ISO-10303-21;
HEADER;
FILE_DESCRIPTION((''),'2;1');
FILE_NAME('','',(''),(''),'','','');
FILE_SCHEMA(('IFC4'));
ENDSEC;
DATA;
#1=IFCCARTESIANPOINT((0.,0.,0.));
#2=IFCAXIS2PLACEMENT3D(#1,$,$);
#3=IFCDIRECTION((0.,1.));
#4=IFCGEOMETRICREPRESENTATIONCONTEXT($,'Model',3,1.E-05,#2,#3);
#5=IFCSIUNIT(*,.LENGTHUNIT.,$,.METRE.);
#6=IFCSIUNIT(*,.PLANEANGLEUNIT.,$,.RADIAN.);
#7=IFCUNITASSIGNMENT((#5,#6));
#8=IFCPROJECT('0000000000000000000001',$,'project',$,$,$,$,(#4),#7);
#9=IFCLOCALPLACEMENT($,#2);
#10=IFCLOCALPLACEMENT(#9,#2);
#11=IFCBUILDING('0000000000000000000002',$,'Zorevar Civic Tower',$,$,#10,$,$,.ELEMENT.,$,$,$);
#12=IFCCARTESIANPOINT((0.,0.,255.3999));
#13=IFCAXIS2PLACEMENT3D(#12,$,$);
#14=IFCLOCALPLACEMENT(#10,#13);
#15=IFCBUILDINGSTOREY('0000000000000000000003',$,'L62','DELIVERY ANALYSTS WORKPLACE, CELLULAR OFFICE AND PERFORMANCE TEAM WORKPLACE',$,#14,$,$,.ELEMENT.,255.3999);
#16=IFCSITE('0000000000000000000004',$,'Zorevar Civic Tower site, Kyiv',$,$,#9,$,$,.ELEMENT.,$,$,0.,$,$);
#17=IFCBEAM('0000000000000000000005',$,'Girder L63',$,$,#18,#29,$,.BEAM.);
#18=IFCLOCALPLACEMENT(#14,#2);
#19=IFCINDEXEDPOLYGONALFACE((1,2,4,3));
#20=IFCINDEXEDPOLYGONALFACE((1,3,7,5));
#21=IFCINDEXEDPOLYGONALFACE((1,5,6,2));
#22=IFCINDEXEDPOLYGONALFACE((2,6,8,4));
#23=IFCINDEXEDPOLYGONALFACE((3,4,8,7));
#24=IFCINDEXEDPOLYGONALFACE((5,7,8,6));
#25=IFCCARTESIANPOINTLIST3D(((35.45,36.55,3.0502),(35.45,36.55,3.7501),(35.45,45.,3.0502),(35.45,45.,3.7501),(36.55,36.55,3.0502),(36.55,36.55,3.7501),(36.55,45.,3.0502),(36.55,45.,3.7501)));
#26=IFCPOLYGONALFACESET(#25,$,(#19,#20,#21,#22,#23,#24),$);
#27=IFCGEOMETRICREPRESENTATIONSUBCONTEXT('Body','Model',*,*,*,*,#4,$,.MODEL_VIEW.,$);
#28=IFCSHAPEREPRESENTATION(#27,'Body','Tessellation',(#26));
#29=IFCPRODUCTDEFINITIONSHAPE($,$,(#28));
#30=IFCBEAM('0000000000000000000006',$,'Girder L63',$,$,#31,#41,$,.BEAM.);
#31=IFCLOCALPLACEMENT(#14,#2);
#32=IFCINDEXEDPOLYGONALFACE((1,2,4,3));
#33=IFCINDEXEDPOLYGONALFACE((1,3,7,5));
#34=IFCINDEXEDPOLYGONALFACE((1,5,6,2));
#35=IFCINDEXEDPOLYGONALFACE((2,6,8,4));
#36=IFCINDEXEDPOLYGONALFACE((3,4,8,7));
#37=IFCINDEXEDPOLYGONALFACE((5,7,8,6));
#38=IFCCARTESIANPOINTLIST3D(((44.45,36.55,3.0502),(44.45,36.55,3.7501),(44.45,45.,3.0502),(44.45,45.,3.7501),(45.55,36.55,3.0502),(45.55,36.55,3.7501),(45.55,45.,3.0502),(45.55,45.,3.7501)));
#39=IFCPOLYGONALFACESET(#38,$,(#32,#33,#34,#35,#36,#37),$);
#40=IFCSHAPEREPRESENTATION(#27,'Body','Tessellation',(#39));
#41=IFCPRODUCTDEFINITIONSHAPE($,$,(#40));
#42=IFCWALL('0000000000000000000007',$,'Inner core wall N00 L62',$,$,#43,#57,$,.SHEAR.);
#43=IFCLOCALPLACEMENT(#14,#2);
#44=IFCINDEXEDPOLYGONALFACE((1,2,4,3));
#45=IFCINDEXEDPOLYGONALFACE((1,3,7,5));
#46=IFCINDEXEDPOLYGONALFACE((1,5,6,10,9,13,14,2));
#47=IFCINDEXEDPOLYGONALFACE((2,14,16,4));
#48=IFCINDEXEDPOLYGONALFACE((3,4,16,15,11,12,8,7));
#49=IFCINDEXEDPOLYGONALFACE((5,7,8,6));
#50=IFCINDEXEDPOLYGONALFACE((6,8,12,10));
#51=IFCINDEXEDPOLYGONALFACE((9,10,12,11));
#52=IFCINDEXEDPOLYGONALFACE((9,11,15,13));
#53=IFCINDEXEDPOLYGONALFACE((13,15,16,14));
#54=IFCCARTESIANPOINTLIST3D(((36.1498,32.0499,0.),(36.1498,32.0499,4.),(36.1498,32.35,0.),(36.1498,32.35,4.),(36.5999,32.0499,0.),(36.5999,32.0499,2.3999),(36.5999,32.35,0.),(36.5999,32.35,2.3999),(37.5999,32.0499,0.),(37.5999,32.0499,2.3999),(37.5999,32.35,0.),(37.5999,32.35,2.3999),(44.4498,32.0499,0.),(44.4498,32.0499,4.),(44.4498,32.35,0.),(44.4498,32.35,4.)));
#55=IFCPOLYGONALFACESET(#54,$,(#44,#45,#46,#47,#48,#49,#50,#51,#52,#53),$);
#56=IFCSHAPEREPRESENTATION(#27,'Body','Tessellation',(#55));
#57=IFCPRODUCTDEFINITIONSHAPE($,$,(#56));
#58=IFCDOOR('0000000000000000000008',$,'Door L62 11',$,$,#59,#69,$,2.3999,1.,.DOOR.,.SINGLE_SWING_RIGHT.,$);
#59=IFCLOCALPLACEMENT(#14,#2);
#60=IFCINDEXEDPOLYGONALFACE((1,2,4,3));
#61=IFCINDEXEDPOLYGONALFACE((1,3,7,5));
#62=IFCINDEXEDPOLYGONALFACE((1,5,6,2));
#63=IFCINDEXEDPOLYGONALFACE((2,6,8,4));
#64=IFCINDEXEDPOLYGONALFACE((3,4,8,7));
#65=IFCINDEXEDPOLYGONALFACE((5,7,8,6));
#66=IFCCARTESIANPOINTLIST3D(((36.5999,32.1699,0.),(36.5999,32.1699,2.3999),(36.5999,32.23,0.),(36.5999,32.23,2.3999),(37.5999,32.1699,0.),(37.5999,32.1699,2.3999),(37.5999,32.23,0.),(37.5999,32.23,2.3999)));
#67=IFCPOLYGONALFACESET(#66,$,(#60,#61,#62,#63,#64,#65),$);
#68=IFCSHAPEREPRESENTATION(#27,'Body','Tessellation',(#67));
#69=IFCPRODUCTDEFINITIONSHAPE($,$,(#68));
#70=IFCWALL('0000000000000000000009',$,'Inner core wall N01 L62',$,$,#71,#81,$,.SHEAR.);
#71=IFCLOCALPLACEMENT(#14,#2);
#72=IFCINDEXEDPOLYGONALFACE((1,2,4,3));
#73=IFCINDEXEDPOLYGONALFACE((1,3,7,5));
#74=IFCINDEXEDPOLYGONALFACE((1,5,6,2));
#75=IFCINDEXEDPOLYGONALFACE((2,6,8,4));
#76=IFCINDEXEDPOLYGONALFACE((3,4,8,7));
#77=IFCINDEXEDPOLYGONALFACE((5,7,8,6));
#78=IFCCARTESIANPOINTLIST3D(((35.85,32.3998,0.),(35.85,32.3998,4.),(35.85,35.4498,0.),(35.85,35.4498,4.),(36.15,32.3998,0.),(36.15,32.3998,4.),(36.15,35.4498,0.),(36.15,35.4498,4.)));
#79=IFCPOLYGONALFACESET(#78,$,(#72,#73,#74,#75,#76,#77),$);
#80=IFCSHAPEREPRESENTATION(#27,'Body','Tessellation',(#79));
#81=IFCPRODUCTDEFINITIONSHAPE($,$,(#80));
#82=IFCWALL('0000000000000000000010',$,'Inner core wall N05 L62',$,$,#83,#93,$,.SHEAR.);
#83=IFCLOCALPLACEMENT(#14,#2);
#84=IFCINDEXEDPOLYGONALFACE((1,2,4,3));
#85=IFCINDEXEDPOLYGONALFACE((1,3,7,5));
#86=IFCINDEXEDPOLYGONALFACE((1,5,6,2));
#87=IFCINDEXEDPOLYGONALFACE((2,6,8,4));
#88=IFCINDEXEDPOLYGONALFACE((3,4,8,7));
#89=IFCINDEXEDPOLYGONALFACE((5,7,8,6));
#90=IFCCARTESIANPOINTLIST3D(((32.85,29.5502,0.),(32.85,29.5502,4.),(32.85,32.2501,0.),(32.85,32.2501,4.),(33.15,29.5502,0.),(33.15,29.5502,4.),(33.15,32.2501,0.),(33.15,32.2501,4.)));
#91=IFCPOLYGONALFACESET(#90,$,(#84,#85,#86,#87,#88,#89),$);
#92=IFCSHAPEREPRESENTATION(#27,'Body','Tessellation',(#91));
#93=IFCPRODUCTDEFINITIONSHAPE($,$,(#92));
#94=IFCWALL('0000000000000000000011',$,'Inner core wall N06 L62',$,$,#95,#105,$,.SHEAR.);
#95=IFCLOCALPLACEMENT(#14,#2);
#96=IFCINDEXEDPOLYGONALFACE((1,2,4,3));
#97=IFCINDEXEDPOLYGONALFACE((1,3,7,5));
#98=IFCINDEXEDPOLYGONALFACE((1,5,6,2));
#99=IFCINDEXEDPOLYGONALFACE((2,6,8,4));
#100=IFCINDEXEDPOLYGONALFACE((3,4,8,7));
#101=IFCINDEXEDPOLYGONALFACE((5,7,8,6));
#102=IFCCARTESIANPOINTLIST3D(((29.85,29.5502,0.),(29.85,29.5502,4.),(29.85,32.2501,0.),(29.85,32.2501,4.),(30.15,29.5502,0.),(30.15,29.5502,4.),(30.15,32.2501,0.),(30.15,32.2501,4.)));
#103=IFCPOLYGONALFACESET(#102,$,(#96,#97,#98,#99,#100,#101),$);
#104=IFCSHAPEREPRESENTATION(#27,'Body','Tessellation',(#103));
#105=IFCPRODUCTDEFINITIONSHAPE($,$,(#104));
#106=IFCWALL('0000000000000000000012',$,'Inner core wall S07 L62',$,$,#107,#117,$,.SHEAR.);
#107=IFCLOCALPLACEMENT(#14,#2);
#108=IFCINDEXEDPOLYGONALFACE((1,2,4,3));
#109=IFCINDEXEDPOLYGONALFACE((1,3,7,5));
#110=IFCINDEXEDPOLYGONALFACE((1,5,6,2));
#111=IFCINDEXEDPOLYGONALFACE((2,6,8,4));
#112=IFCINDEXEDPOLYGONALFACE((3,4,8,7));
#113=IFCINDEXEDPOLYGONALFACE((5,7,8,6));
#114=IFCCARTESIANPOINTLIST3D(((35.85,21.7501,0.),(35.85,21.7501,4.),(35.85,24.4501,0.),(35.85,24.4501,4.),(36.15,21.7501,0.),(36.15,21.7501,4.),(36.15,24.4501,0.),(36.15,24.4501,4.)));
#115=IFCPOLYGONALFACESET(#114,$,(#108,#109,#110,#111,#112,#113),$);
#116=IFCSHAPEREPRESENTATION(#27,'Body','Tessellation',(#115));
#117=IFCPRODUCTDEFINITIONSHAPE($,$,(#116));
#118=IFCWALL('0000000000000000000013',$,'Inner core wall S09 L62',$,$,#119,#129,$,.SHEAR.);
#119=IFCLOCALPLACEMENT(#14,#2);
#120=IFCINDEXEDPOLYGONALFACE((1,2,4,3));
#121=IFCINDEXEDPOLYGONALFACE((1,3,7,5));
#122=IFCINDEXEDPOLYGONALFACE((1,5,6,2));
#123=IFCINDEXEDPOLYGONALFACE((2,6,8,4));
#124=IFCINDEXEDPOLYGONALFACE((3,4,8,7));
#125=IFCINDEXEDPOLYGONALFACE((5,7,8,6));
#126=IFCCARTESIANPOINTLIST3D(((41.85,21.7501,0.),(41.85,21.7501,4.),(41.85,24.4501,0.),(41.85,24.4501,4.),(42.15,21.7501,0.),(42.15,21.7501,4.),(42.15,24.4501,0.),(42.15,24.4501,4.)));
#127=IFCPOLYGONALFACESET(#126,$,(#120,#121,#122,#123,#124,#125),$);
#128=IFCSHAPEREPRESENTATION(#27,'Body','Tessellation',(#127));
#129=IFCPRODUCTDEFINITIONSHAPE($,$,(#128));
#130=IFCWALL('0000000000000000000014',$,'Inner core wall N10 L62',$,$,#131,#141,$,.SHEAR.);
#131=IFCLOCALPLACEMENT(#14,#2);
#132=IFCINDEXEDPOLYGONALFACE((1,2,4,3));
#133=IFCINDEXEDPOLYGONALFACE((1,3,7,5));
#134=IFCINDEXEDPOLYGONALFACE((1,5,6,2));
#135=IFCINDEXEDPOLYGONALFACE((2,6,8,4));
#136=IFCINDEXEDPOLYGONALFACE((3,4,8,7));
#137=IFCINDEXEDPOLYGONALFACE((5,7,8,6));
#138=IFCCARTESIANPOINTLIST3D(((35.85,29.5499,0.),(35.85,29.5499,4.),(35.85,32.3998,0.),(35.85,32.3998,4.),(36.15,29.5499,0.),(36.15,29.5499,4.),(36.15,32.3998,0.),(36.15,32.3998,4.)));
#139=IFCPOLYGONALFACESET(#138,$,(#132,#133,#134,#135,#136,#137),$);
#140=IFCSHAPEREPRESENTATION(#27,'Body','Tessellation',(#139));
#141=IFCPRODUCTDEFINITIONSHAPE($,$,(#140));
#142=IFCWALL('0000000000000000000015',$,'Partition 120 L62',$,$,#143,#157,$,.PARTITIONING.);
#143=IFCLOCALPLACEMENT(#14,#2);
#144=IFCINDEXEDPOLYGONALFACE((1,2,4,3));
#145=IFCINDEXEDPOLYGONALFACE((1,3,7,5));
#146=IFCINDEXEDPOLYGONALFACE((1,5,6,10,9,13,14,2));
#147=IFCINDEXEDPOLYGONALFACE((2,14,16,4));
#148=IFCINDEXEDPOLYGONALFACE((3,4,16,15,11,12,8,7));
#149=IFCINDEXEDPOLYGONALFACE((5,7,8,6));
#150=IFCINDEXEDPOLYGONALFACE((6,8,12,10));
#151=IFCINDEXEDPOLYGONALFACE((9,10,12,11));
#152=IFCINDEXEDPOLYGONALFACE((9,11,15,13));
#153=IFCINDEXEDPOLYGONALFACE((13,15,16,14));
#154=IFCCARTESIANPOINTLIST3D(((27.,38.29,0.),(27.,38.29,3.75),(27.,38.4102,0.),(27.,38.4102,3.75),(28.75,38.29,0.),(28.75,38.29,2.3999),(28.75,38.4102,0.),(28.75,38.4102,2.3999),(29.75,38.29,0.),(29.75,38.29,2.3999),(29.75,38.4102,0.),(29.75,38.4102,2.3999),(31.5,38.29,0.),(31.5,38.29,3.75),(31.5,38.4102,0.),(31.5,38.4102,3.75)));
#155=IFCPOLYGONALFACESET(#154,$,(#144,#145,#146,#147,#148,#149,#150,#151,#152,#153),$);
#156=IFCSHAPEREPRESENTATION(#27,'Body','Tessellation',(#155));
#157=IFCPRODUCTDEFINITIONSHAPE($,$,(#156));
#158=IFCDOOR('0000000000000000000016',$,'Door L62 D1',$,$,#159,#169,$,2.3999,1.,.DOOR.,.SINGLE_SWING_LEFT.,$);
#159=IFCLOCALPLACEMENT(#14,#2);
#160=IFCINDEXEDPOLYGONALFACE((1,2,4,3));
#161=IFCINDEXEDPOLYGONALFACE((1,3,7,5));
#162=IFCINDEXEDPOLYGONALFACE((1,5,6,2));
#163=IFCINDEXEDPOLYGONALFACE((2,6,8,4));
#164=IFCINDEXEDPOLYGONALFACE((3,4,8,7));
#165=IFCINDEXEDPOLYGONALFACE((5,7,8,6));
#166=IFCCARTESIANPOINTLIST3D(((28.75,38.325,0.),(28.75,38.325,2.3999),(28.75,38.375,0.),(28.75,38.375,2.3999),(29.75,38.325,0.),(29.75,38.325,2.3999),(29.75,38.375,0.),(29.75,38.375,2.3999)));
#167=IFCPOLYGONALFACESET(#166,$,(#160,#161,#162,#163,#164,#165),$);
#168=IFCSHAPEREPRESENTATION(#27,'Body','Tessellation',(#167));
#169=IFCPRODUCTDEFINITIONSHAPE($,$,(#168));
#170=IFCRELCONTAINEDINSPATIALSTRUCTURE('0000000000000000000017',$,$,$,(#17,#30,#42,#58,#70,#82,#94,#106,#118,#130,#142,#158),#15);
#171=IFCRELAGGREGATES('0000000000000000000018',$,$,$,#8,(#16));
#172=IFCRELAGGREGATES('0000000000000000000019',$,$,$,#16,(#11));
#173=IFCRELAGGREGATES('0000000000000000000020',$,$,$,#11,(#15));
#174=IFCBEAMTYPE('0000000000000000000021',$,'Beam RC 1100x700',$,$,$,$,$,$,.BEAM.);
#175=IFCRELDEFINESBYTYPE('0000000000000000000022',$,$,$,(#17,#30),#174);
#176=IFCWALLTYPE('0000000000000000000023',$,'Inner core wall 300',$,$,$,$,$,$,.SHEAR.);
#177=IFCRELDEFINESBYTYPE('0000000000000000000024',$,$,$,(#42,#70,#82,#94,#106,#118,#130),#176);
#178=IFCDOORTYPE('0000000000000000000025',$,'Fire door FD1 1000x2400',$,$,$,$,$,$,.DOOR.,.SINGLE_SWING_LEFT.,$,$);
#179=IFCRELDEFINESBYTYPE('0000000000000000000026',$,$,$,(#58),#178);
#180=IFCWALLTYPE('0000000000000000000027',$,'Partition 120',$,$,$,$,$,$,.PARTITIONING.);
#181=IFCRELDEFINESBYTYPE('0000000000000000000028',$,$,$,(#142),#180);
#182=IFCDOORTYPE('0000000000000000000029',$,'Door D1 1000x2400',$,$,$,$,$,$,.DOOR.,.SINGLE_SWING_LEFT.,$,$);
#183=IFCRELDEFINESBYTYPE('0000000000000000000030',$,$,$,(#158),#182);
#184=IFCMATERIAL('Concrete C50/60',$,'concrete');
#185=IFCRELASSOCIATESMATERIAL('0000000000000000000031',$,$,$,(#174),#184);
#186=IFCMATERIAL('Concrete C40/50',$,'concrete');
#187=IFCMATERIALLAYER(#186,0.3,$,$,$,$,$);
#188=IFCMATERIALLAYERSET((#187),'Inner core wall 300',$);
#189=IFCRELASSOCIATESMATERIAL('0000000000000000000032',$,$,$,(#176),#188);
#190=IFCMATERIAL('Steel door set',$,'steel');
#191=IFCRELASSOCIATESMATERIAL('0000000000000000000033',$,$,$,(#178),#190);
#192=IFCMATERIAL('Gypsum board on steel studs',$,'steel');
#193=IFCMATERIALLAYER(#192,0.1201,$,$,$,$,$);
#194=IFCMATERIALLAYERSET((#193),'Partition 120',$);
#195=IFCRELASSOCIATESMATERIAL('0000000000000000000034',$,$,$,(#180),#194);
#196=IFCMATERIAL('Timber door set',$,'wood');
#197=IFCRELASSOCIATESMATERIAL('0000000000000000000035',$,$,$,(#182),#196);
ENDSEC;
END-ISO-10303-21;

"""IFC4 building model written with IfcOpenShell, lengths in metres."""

from ifc_helpers import new_model, si_unit, direction, frame, frame_2d, origin, origin_2d, place, context, subcontext, project, spatial, rectangle, extrude, material, layer, layer_set, material_profile, profile_set, type_object, element, fill, save


model = new_model("IFC4")

# Units and contexts
model_context = context("Model", 3, precision=1e-05, world=origin(), true_north=direction((0.0, 1.0)))
body_context = subcontext(model_context, "Body", "Model", "MODEL_VIEW")
ifc_project = project(units=[si_unit("LENGTHUNIT", "METRE"), si_unit("PLANEANGLEUNIT", "RADIAN")], contexts=[model_context])

# Site, building, storey
site_placement = place(None, origin())
site = spatial("IfcSite", under=ifc_project, at=site_placement, Name="Zorevar Civic Tower site, Kyiv", CompositionType="ELEMENT", RefElevation=0.0)
building_placement = place(site_placement, origin())
building = spatial("IfcBuilding", under=site, at=building_placement, Name="Zorevar Civic Tower", CompositionType="ELEMENT")
storey_placement = place(building_placement, frame((0.0, 0.0, 255.3999)))
storey = spatial("IfcBuildingStorey", under=building, at=storey_placement, Name="L62", Description="DELIVERY ANALYSTS WORKPLACE, CELLULAR OFFICE AND PERFORMANCE TEAM WORKPLACE", CompositionType="ELEMENT", Elevation=255.3999)

# Beams
ifc_material_1 = material(Name="Concrete C50/60", Category="concrete")
ifc_material_profile = material_profile(ifc_material_1, rectangle(XDim=1.1001, YDim=0.7, at=origin_2d()), Name="RC 1100x700")
ifc_profile_set = profile_set([ifc_material_profile], Name="Concrete C50/60")
beam_type = type_object("IfcBeamType", Name="Beam RC 1100x700", PredefinedType="BEAM", material=ifc_profile_set)
for number, where, z_axis, x_axis, name in (
    (1, (36.0, 36.55, 3.4001), (0.0, 1.0, 0.0), (-1.0, 0.0, 0.0), "Girder L63"),
    (2, (45.0, 36.55, 3.4001), (0.0, 1.0, 0.0), (-1.0, 0.0, 0.0), "Girder L63"),
):
    element("IfcBeam", number, at=place(storey_placement, frame(where, z_axis=z_axis, x_axis=x_axis)), inside=storey, type_object=beam_type, Name=name, PredefinedType="BEAM", context=body_context, shape_type="SweptSolid", body=[
        extrude(rectangle(XDim=1.1001, YDim=0.7, at=origin_2d()), origin(), (0.0, 0.0, 1.0), 8.45),
    ])

# Wall, opening, door
ifc_material_2 = material(Name="Concrete C40/50", Category="concrete")
ifc_layer_1 = layer(ifc_material_2, 0.3)
ifc_layer_set_1 = layer_set([ifc_layer_1], Name="Inner core wall 300")
wall_type_1 = type_object("IfcWallType", Name="Inner core wall 300", PredefinedType="SHEAR", material=ifc_layer_set_1)
wall_1_placement = place(storey_placement, frame((36.1499, 32.2, 0.0), z_axis=(0.0, 0.0, 1.0), x_axis=(1.0, 0.0, 0.0)))
wall_1 = element("IfcWall", 3, at=wall_1_placement, inside=storey, type_object=wall_type_1, Name="Inner core wall N00 L62", PredefinedType="SHEAR", context=body_context, shape_type="SweptSolid", body=[
    extrude(rectangle(XDim=8.3, YDim=0.3, at=frame_2d((4.1499, 0.0))), origin(), (0.0, 0.0, 1.0), 4.0),
])
opening_1_placement = place(wall_1_placement, frame((0.45, 0.0, 0.0)))
opening_1 = element("IfcOpeningElement", 4, at=opening_1_placement, cuts=wall_1, PredefinedType="OPENING", context=body_context, shape_type="SweptSolid", body=[
    extrude(rectangle(XDim=1.0, YDim=2.3999, at=frame_2d((0.5, 1.2))), frame((0.0, 0.1599, 0.0), z_axis=(0.0, -1.0, 0.0), x_axis=(1.0, 0.0, 0.0)), (0.0, 0.0, 1.0), 0.3201),
])
ifc_material_3 = material(Name="Steel door set", Category="steel")
door_type_1 = type_object("IfcDoorType", Name="Fire door FD1 1000x2400", OperationType="SINGLE_SWING_LEFT", PredefinedType="DOOR", material=ifc_material_3)
door_1_placement = place(opening_1_placement, origin())
door_1 = element("IfcDoor", 5, at=door_1_placement, inside=storey, type_object=door_type_1, Name="Door L62 11", OperationType="SINGLE_SWING_RIGHT", OverallHeight=2.3999, OverallWidth=1.0, PredefinedType="DOOR", context=body_context, shape_type="SweptSolid", body=[
    extrude(rectangle(XDim=1.0, YDim=2.3999, at=frame_2d((0.5, 1.2))), frame((0.0, 0.03, 0.0), z_axis=(0.0, -1.0, 0.0), x_axis=(1.0, 0.0, 0.0)), (0.0, 0.0, 1.0), 0.0601),
])
fill(opening_1, door_1)

# Wall
wall_2_placement = place(storey_placement, frame((36.0, 32.3999, 0.0), z_axis=(0.0, 0.0, 1.0), x_axis=(0.0, 1.0, 0.0)))
element("IfcWall", 6, at=wall_2_placement, inside=storey, type_object=wall_type_1, Name="Inner core wall N01 L62", PredefinedType="SHEAR", context=body_context, shape_type="SweptSolid", body=[
    extrude(rectangle(XDim=3.05, YDim=0.3, at=frame_2d((1.5249, 0.0))), origin(), (0.0, 0.0, 1.0), 4.0),
])

# Walls
for number, where, z_axis, x_axis, name in (
    (7, (33.0, 29.55, 0.0), (0.0, 0.0, 1.0), (0.0, 1.0, 0.0), "Inner core wall N05 L62"),
    (8, (30.0, 29.55, 0.0), (0.0, 0.0, 1.0), (0.0, 1.0, 0.0), "Inner core wall N06 L62"),
    (9, (36.0, 21.75, 0.0), (0.0, 0.0, 1.0), (0.0, 1.0, 0.0), "Inner core wall S07 L62"),
    (10, (42.0, 21.75, 0.0), (0.0, 0.0, 1.0), (0.0, 1.0, 0.0), "Inner core wall S09 L62"),
):
    element("IfcWall", number, at=place(storey_placement, frame(where, z_axis=z_axis, x_axis=x_axis)), inside=storey, type_object=wall_type_1, Name=name, PredefinedType="SHEAR", context=body_context, shape_type="SweptSolid", body=[
        extrude(rectangle(XDim=2.7, YDim=0.3, at=frame_2d((1.3501, 0.0))), origin(), (0.0, 0.0, 1.0), 4.0),
    ])
wall_3_placement = place(storey_placement, frame((36.0, 29.55, 0.0), z_axis=(0.0, 0.0, 1.0), x_axis=(0.0, 1.0, 0.0)))
element("IfcWall", 11, at=wall_3_placement, inside=storey, type_object=wall_type_1, Name="Inner core wall N10 L62", PredefinedType="SHEAR", context=body_context, shape_type="SweptSolid", body=[
    extrude(rectangle(XDim=2.8499, YDim=0.3, at=frame_2d((1.4248, 0.0))), origin(), (0.0, 0.0, 1.0), 4.0),
])

# Wall, opening, door
ifc_material_4 = material(Name="Gypsum board on steel studs", Category="steel")
ifc_layer_2 = layer(ifc_material_4, 0.1201)
ifc_layer_set_2 = layer_set([ifc_layer_2], Name="Partition 120")
wall_type_2 = type_object("IfcWallType", Name="Partition 120", PredefinedType="PARTITIONING", material=ifc_layer_set_2)
wall_4_placement = place(storey_placement, frame((27.0, 38.3501, 0.0), z_axis=(0.0, 0.0, 1.0), x_axis=(1.0, 0.0, 0.0)))
wall_4 = element("IfcWall", 12, at=wall_4_placement, inside=storey, type_object=wall_type_2, Name="Partition 120 L62", PredefinedType="PARTITIONING", context=body_context, shape_type="SweptSolid", body=[
    extrude(rectangle(XDim=4.5, YDim=0.1201, at=frame_2d((2.25, 0.0))), origin(), (0.0, 0.0, 1.0), 3.75),
])
opening_2_placement = place(wall_4_placement, frame((1.75, 0.0, 0.0)))
opening_2 = element("IfcOpeningElement", 13, at=opening_2_placement, cuts=wall_4, PredefinedType="OPENING", context=body_context, shape_type="SweptSolid", body=[
    extrude(rectangle(XDim=1.0, YDim=2.3999, at=frame_2d((0.5, 1.2))), frame((0.0, 0.0701, 0.0), z_axis=(0.0, -1.0, 0.0), x_axis=(1.0, 0.0, 0.0)), (0.0, 0.0, 1.0), 0.1401),
])
ifc_material_5 = material(Name="Timber door set", Category="wood")
door_type_2 = type_object("IfcDoorType", Name="Door D1 1000x2400", OperationType="SINGLE_SWING_LEFT", PredefinedType="DOOR", material=ifc_material_5)
door_2_placement = place(opening_2_placement, origin())
door_2 = element("IfcDoor", 14, at=door_2_placement, inside=storey, type_object=door_type_2, Name="Door L62 D1", OperationType="SINGLE_SWING_LEFT", OverallHeight=2.3999, OverallWidth=1.0, PredefinedType="DOOR", context=body_context, shape_type="SweptSolid", body=[
    extrude(rectangle(XDim=1.0, YDim=2.3999, at=frame_2d((0.5, 1.2))), frame((0.0, 0.0249, 0.0), z_axis=(0.0, -1.0, 0.0), x_axis=(1.0, 0.0, 0.0)), (0.0, 0.0, 1.0), 0.05),
])
fill(opening_2, door_2)

save(model, "model.ifc")
